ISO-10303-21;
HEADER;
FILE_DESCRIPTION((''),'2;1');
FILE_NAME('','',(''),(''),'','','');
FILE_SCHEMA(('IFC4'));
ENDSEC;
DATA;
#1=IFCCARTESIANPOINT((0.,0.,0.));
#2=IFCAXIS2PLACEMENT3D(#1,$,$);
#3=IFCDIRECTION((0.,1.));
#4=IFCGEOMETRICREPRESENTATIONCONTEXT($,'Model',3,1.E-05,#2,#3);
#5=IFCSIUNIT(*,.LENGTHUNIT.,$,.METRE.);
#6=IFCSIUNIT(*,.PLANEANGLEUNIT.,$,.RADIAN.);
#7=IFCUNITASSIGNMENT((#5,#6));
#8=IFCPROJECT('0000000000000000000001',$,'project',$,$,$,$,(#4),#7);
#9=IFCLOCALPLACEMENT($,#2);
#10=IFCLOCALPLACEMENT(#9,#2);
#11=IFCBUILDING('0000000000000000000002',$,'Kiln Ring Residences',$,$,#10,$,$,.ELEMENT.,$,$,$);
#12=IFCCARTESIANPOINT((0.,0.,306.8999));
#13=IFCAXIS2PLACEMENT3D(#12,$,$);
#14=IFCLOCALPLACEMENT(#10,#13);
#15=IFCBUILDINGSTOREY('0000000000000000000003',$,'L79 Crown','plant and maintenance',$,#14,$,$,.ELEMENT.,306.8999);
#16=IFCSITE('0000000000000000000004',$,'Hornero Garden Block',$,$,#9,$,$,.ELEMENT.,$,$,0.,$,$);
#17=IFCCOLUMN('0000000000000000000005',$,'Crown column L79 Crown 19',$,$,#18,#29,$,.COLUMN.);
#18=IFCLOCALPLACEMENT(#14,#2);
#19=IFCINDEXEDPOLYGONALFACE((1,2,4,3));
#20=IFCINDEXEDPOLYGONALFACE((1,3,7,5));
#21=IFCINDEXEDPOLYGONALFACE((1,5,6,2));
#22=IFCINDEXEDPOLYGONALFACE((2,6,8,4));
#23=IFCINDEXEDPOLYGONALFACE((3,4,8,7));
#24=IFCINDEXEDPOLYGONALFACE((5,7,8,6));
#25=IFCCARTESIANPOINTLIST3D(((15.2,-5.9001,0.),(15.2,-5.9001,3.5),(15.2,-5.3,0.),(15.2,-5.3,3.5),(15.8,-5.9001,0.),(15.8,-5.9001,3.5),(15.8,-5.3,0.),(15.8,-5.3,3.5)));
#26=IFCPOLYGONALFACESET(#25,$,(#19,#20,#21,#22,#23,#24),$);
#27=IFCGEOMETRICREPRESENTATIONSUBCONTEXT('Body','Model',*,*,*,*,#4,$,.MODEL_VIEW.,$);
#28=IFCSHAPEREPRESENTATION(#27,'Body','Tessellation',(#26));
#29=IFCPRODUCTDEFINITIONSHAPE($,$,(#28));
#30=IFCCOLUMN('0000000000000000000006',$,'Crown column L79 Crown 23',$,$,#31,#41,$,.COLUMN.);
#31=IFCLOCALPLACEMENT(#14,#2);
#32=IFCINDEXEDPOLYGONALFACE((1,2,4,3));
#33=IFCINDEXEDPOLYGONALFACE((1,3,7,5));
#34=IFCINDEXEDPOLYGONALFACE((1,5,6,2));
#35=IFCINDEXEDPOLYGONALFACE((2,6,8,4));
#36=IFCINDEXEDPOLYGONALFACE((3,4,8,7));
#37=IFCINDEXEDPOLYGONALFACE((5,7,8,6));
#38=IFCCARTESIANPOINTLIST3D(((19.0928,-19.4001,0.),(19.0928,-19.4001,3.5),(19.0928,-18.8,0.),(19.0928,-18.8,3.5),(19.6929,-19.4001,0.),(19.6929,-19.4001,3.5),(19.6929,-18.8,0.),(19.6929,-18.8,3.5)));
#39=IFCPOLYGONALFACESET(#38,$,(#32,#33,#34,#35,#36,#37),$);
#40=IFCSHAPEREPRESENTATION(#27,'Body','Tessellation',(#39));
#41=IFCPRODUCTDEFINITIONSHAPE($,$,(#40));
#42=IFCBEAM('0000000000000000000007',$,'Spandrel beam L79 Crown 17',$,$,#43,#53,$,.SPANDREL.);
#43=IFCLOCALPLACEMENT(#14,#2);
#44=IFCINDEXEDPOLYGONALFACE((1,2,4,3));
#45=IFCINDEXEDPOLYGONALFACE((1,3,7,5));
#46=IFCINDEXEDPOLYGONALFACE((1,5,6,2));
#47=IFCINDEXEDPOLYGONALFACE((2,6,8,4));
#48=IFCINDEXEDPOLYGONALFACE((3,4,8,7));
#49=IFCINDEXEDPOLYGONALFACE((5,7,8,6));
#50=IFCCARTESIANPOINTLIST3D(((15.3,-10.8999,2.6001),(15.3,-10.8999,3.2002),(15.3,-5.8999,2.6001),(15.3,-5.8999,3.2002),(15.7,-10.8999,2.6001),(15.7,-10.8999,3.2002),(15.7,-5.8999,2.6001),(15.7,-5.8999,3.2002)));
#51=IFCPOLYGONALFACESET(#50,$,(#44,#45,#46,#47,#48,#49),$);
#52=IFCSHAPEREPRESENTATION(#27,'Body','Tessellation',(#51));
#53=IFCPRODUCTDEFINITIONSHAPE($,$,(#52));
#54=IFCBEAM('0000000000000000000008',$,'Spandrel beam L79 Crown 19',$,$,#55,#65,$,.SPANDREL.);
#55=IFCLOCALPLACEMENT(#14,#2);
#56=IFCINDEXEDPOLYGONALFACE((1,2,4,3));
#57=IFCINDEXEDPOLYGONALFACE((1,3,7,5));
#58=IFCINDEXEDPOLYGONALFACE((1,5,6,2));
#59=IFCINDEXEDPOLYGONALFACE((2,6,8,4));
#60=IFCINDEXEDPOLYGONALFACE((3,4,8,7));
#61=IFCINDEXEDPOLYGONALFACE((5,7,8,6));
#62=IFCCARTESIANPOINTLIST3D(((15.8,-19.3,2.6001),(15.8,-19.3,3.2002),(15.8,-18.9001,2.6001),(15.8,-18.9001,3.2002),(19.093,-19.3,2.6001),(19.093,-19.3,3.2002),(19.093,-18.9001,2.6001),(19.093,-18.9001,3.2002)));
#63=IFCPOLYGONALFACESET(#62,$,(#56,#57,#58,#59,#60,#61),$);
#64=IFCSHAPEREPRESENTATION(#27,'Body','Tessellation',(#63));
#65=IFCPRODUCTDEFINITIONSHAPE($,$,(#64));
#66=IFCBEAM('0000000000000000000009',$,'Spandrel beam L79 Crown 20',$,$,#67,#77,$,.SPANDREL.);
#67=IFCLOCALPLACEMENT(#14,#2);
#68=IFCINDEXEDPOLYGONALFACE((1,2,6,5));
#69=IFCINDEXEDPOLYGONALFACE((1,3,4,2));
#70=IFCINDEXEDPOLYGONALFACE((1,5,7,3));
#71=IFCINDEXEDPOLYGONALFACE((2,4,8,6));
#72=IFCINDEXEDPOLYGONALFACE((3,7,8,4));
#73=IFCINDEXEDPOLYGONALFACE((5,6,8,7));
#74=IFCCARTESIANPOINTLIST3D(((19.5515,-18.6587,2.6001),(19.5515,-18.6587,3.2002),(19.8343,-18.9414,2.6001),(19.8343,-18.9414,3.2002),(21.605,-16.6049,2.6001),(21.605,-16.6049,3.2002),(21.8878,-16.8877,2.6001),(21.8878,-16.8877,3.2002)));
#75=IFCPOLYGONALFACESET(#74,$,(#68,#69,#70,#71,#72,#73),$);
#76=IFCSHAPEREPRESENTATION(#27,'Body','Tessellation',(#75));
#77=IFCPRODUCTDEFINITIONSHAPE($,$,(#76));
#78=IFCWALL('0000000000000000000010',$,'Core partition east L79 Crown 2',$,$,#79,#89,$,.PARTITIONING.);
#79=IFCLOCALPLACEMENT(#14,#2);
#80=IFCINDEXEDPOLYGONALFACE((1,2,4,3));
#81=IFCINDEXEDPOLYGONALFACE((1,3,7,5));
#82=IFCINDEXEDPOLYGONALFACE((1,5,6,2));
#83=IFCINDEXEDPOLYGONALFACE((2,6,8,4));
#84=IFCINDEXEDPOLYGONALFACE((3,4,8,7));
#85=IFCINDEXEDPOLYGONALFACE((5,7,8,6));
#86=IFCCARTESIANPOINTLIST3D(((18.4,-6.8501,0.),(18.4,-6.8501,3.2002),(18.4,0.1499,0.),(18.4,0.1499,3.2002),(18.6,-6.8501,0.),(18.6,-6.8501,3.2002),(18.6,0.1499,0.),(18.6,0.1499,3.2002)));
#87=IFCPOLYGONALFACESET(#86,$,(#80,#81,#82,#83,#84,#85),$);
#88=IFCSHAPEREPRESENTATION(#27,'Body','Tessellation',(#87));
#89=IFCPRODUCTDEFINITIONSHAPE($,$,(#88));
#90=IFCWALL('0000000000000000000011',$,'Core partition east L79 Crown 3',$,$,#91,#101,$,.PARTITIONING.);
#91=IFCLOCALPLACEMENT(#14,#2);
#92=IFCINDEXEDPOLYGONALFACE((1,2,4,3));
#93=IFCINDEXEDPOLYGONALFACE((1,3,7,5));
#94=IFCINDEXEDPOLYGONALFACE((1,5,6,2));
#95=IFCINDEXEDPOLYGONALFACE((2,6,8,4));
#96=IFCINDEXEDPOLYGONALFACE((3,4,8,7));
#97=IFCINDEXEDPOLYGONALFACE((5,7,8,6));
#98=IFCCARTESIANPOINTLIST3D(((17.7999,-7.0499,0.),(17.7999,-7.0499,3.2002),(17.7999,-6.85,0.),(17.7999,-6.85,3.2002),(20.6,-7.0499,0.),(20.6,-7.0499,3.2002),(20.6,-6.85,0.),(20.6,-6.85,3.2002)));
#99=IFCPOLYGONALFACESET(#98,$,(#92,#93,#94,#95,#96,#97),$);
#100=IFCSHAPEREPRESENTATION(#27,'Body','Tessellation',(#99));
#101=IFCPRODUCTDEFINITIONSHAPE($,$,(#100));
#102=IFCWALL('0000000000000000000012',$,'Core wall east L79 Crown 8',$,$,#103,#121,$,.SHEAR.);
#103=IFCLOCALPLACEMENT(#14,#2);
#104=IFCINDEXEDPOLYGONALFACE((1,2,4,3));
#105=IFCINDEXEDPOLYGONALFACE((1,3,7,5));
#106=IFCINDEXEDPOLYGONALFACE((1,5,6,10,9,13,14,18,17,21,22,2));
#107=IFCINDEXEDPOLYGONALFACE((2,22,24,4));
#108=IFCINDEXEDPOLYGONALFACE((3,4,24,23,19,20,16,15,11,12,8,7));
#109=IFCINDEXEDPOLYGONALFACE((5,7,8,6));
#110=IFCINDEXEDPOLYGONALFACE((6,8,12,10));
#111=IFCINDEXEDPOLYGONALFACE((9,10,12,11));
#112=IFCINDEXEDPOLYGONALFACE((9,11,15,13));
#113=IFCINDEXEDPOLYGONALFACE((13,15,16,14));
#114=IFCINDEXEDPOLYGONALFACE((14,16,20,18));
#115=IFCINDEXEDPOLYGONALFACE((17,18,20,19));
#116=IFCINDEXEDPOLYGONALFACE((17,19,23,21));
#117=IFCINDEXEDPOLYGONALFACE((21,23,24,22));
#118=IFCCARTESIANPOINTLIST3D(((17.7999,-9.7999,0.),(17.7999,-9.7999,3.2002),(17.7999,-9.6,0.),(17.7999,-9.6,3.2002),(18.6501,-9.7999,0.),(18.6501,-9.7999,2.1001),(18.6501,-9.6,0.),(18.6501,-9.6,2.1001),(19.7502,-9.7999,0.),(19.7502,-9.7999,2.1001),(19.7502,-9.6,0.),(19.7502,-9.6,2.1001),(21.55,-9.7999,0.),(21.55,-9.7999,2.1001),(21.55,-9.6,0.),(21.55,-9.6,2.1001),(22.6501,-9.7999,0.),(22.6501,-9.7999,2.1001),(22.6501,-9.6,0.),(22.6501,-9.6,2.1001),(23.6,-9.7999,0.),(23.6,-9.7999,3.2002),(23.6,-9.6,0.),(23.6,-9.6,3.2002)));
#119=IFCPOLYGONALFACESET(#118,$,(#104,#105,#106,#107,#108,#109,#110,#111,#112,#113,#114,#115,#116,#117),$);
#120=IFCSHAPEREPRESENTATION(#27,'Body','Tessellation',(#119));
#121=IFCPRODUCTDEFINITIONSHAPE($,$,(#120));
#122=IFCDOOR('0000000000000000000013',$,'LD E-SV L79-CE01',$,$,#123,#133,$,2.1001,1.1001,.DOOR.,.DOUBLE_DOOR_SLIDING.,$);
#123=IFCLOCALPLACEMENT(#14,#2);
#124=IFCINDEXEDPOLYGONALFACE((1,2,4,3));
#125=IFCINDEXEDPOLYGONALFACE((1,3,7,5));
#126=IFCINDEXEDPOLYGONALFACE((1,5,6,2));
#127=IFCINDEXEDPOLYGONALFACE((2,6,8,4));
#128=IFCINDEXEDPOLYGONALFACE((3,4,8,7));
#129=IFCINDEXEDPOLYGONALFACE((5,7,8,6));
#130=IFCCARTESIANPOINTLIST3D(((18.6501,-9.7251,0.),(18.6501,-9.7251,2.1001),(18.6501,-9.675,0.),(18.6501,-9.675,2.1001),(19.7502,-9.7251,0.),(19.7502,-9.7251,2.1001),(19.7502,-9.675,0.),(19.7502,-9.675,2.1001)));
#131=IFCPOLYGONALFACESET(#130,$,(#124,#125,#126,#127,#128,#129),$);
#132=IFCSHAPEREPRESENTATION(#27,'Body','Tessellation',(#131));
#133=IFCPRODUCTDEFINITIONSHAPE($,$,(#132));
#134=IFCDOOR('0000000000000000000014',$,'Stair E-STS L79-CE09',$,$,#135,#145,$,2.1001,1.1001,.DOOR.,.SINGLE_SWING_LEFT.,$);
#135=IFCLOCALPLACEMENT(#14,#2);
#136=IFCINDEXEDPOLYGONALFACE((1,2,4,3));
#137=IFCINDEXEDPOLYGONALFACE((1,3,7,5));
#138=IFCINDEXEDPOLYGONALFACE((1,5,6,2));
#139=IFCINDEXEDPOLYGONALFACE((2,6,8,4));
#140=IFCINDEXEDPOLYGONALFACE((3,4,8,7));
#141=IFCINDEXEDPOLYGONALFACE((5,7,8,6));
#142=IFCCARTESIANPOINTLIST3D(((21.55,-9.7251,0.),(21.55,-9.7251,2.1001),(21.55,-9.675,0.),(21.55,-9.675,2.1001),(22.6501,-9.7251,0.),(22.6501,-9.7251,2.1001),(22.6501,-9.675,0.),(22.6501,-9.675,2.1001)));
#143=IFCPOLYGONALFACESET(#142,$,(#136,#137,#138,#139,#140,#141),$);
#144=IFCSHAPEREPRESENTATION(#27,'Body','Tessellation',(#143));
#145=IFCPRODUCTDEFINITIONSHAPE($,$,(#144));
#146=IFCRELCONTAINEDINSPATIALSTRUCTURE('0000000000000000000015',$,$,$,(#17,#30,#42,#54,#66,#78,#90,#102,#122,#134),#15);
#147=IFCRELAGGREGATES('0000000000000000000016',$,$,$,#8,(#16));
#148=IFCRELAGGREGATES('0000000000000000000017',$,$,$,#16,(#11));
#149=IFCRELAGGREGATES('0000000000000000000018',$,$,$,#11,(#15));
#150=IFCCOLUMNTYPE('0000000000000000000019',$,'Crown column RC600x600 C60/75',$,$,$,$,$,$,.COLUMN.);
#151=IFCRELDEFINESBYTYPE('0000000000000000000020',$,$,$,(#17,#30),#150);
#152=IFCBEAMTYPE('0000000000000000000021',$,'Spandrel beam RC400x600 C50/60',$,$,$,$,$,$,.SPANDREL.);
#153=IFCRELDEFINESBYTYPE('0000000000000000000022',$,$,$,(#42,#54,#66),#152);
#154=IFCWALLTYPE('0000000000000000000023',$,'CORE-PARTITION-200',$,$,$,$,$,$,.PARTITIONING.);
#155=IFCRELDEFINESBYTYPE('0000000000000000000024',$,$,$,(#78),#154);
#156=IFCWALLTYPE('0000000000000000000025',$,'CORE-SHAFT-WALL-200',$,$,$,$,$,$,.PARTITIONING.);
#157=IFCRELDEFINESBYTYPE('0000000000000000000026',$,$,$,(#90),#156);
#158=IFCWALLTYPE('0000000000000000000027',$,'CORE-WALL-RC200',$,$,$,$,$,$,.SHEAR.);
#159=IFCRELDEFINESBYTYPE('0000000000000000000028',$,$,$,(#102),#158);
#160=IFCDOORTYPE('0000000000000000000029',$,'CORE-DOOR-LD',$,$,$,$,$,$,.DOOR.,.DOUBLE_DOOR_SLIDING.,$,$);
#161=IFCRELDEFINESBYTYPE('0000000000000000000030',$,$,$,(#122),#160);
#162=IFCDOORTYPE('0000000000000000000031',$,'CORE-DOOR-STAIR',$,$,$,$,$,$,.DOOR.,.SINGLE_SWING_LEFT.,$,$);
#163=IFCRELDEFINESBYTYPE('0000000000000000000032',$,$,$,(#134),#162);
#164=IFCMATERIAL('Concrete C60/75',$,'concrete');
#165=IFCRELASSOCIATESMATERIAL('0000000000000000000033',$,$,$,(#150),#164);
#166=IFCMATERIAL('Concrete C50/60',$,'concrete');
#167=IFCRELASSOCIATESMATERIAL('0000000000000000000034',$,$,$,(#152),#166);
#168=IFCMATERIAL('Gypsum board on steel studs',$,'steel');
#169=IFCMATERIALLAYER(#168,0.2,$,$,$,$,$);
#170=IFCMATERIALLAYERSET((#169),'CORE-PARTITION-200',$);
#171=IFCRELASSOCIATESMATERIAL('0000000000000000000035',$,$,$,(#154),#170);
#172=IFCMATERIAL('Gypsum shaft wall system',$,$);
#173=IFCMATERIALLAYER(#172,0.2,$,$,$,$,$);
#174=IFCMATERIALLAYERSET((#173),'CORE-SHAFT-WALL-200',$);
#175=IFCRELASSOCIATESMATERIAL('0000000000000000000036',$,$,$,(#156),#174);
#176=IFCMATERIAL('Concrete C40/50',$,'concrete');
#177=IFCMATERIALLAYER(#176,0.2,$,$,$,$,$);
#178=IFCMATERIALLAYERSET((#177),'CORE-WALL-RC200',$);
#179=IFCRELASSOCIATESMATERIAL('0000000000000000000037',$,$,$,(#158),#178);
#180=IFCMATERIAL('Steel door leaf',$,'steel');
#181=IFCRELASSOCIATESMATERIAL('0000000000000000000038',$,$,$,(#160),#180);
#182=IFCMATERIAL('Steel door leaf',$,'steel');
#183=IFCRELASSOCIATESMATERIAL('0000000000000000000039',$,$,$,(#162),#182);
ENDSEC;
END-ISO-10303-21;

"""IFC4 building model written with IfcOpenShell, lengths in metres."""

from ifc_helpers import new_model, si_unit, direction, frame, frame_2d, origin, origin_2d, place, context, subcontext, project, spatial, rectangle, extrude, material, layer, layer_set, material_profile, profile_set, type_object, element, fill, save


model = new_model("IFC4")

# Units and contexts
model_context = context("Model", 3, precision=1e-05, world=origin(), true_north=direction((0.0, 1.0)))
body_context = subcontext(model_context, "Body", "Model", "MODEL_VIEW")
ifc_project = project(units=[si_unit("LENGTHUNIT", "METRE"), si_unit("PLANEANGLEUNIT", "RADIAN")], contexts=[model_context])

# Site, building, storey
site_placement = place(None, origin())
site = spatial("IfcSite", under=ifc_project, at=site_placement, Name="Hornero Garden Block", CompositionType="ELEMENT", RefElevation=0.0)
building_placement = place(site_placement, origin())
building = spatial("IfcBuilding", under=site, at=building_placement, Name="Kiln Ring Residences", CompositionType="ELEMENT")
storey_placement = place(building_placement, frame((0.0, 0.0, 306.8999)))
storey = spatial("IfcBuildingStorey", under=building, at=storey_placement, Name="L79 Crown", Description="plant and maintenance", CompositionType="ELEMENT", Elevation=306.8999)

# Columns
ifc_material_1 = material(Name="Concrete C60/75", Category="concrete")
ifc_material_profile_1 = material_profile(ifc_material_1, rectangle(XDim=0.6001, YDim=0.6001, at=origin_2d()), Name="RC600x600")
ifc_profile_set_1 = profile_set([ifc_material_profile_1], Name="Concrete C60/75")
column_type = type_object("IfcColumnType", Name="Crown column RC600x600 C60/75", PredefinedType="COLUMN", material=ifc_profile_set_1)
for number, where, z_axis, x_axis, name in (
    (1, (15.5, -5.6001, 0.0), (0.0, 0.0, 1.0), (1.0, 0.0, 0.0), "Crown column L79 Crown 19"),
    (2, (19.3928, -19.1001, 0.0), (0.0, 0.0, 1.0), (1.0, 0.0, 0.0), "Crown column L79 Crown 23"),
):
    element("IfcColumn", number, at=place(storey_placement, frame(where, z_axis=z_axis, x_axis=x_axis)), inside=storey, type_object=column_type, Name=name, PredefinedType="COLUMN", context=body_context, shape_type="SweptSolid", body=[
        extrude(rectangle(XDim=0.6001, YDim=0.6001, at=origin_2d()), origin(), (0.0, 0.0, 1.0), 3.5),
    ])

# Beams
ifc_material_2 = material(Name="Concrete C50/60", Category="concrete")
ifc_material_profile_2 = material_profile(ifc_material_2, rectangle(XDim=0.3999, YDim=0.6001, at=origin_2d()), Name="RC400x600")
ifc_profile_set_2 = profile_set([ifc_material_profile_2], Name="Concrete C50/60")
beam_type = type_object("IfcBeamType", Name="Spandrel beam RC400x600 C50/60", PredefinedType="SPANDREL", material=ifc_profile_set_2)
beam_1_placement = place(storey_placement, frame((15.5, -5.8999, 2.9001), z_axis=(0.0, -1.0, 0.0), x_axis=(1.0, 0.0, 0.0)))
element("IfcBeam", 3, at=beam_1_placement, inside=storey, type_object=beam_type, Name="Spandrel beam L79 Crown 17", PredefinedType="SPANDREL", context=body_context, shape_type="SweptSolid", body=[
    extrude(rectangle(XDim=0.3999, YDim=0.6001, at=origin_2d()), origin(), (0.0, 0.0, 1.0), 5.0),
])
beam_2_placement = place(storey_placement, frame((15.8, -19.1001, 2.9001), z_axis=(1.0, 0.0, 0.0), x_axis=(0.0, 1.0, 0.0)))
element("IfcBeam", 4, at=beam_2_placement, inside=storey, type_object=beam_type, Name="Spandrel beam L79 Crown 19", PredefinedType="SPANDREL", context=body_context, shape_type="SweptSolid", body=[
    extrude(rectangle(XDim=0.3999, YDim=0.6001, at=origin_2d()), origin(), (0.0, 0.0, 1.0), 3.293),
])
beam_3_placement = place(storey_placement, frame((19.6929, -18.8, 2.9001), z_axis=(0.707065, 0.707149, 0.0), x_axis=(-0.707149, 0.707065, 0.0)))
element("IfcBeam", 5, at=beam_3_placement, inside=storey, type_object=beam_type, Name="Spandrel beam L79 Crown 20", PredefinedType="SPANDREL", context=body_context, shape_type="SweptSolid", body=[
    extrude(rectangle(XDim=0.3999, YDim=0.6001, at=origin_2d()), origin(), (0.0, 0.0, 1.0), 2.9043),
])

# Walls
ifc_material_3 = material(Name="Gypsum board on steel studs", Category="steel")
ifc_layer_1 = layer(ifc_material_3, 0.2)
ifc_layer_set_1 = layer_set([ifc_layer_1], Name="CORE-PARTITION-200")
wall_type_1 = type_object("IfcWallType", Name="CORE-PARTITION-200", PredefinedType="PARTITIONING", material=ifc_layer_set_1)
wall_1_placement = place(storey_placement, frame((18.5, -6.8501, 0.0), z_axis=(0.0, 0.0, 1.0), x_axis=(0.0, 1.0, 0.0)))
element("IfcWall", 6, at=wall_1_placement, inside=storey, type_object=wall_type_1, Name="Core partition east L79 Crown 2", PredefinedType="PARTITIONING", context=body_context, shape_type="SweptSolid", body=[
    extrude(rectangle(XDim=7.0, YDim=0.2, at=frame_2d((3.5, 0.0))), origin(), (0.0, 0.0, 1.0), 3.2002),
])
ifc_material_4 = material(Name="Gypsum shaft wall system")
ifc_layer_2 = layer(ifc_material_4, 0.2)
ifc_layer_set_2 = layer_set([ifc_layer_2], Name="CORE-SHAFT-WALL-200")
wall_type_2 = type_object("IfcWallType", Name="CORE-SHAFT-WALL-200", PredefinedType="PARTITIONING", material=ifc_layer_set_2)
wall_2_placement = place(storey_placement, frame((17.8, -6.95, 0.0), z_axis=(0.0, 0.0, 1.0), x_axis=(1.0, 0.0, 0.0)))
element("IfcWall", 7, at=wall_2_placement, inside=storey, type_object=wall_type_2, Name="Core partition east L79 Crown 3", PredefinedType="PARTITIONING", context=body_context, shape_type="SweptSolid", body=[
    extrude(rectangle(XDim=2.8, YDim=0.2, at=frame_2d((1.3999, 0.0))), origin(), (0.0, 0.0, 1.0), 3.2002),
])

# Wall, openings, doors
ifc_material_5 = material(Name="Concrete C40/50", Category="concrete")
ifc_layer_3 = layer(ifc_material_5, 0.2)
ifc_layer_set_3 = layer_set([ifc_layer_3], Name="CORE-WALL-RC200")
wall_type_3 = type_object("IfcWallType", Name="CORE-WALL-RC200", PredefinedType="SHEAR", material=ifc_layer_set_3)
wall_3_placement = place(storey_placement, frame((17.8, -9.7, 0.0), z_axis=(0.0, 0.0, 1.0), x_axis=(1.0, 0.0, 0.0)))
wall_3 = element("IfcWall", 8, at=wall_3_placement, inside=storey, type_object=wall_type_3, Name="Core wall east L79 Crown 8", PredefinedType="SHEAR", context=body_context, shape_type="SweptSolid", body=[
    extrude(rectangle(XDim=5.8, YDim=0.2, at=frame_2d((2.8999, 0.0))), origin(), (0.0, 0.0, 1.0), 3.2002),
])
opening_1_placement = place(wall_3_placement, frame((0.8501, 0.0, 0.0)))
opening_1 = element("IfcOpeningElement", 9, at=opening_1_placement, cuts=wall_3, PredefinedType="OPENING", context=body_context, shape_type="SweptSolid", body=[
    extrude(rectangle(XDim=1.1001, YDim=2.1001, at=frame_2d((0.55, 1.05))), frame((0.0, 0.1099, 0.0), z_axis=(0.0, -1.0, 0.0), x_axis=(1.0, 0.0, 0.0)), (0.0, 0.0, 1.0), 0.22),
])
opening_2_placement = place(wall_3_placement, frame((3.75, 0.0, 0.0)))
opening_2 = element("IfcOpeningElement", 10, at=opening_2_placement, cuts=wall_3, PredefinedType="OPENING", context=body_context, shape_type="SweptSolid", body=[
    extrude(rectangle(XDim=1.1001, YDim=2.1001, at=frame_2d((0.55, 1.05))), frame((0.0, 0.1099, 0.0), z_axis=(0.0, -1.0, 0.0), x_axis=(1.0, 0.0, 0.0)), (0.0, 0.0, 1.0), 0.22),
])
ifc_material_6 = material(Name="Steel door leaf", Category="steel")
door_type_1 = type_object("IfcDoorType", Name="CORE-DOOR-LD", OperationType="DOUBLE_DOOR_SLIDING", PredefinedType="DOOR", material=ifc_material_6)
door_1_placement = place(opening_1_placement, origin())
door_1 = element("IfcDoor", 11, at=door_1_placement, inside=storey, type_object=door_type_1, Name="LD E-SV L79-CE01", OperationType="DOUBLE_DOOR_SLIDING", OverallHeight=2.1001, OverallWidth=1.1001, PredefinedType="DOOR", context=body_context, shape_type="SweptSolid", body=[
    extrude(rectangle(XDim=1.1001, YDim=2.1001, at=frame_2d((0.55, 1.05))), frame((0.0, 0.0249, 0.0), z_axis=(0.0, -1.0, 0.0), x_axis=(1.0, 0.0, 0.0)), (0.0, 0.0, 1.0), 0.05),
])
fill(opening_1, door_1)
ifc_material_7 = material(Name="Steel door leaf", Category="steel")
door_type_2 = type_object("IfcDoorType", Name="CORE-DOOR-STAIR", OperationType="SINGLE_SWING_LEFT", PredefinedType="DOOR", material=ifc_material_7)
door_2_placement = place(opening_2_placement, origin())
door_2 = element("IfcDoor", 12, at=door_2_placement, inside=storey, type_object=door_type_2, Name="Stair E-STS L79-CE09", OperationType="SINGLE_SWING_LEFT", OverallHeight=2.1001, OverallWidth=1.1001, PredefinedType="DOOR", context=body_context, shape_type="SweptSolid", body=[
    extrude(rectangle(XDim=1.1001, YDim=2.1001, at=frame_2d((0.55, 1.05))), frame((0.0, 0.0249, 0.0), z_axis=(0.0, -1.0, 0.0), x_axis=(1.0, 0.0, 0.0)), (0.0, 0.0, 1.0), 0.05),
])
fill(opening_2, door_2)

save(model, "model.ifc")
